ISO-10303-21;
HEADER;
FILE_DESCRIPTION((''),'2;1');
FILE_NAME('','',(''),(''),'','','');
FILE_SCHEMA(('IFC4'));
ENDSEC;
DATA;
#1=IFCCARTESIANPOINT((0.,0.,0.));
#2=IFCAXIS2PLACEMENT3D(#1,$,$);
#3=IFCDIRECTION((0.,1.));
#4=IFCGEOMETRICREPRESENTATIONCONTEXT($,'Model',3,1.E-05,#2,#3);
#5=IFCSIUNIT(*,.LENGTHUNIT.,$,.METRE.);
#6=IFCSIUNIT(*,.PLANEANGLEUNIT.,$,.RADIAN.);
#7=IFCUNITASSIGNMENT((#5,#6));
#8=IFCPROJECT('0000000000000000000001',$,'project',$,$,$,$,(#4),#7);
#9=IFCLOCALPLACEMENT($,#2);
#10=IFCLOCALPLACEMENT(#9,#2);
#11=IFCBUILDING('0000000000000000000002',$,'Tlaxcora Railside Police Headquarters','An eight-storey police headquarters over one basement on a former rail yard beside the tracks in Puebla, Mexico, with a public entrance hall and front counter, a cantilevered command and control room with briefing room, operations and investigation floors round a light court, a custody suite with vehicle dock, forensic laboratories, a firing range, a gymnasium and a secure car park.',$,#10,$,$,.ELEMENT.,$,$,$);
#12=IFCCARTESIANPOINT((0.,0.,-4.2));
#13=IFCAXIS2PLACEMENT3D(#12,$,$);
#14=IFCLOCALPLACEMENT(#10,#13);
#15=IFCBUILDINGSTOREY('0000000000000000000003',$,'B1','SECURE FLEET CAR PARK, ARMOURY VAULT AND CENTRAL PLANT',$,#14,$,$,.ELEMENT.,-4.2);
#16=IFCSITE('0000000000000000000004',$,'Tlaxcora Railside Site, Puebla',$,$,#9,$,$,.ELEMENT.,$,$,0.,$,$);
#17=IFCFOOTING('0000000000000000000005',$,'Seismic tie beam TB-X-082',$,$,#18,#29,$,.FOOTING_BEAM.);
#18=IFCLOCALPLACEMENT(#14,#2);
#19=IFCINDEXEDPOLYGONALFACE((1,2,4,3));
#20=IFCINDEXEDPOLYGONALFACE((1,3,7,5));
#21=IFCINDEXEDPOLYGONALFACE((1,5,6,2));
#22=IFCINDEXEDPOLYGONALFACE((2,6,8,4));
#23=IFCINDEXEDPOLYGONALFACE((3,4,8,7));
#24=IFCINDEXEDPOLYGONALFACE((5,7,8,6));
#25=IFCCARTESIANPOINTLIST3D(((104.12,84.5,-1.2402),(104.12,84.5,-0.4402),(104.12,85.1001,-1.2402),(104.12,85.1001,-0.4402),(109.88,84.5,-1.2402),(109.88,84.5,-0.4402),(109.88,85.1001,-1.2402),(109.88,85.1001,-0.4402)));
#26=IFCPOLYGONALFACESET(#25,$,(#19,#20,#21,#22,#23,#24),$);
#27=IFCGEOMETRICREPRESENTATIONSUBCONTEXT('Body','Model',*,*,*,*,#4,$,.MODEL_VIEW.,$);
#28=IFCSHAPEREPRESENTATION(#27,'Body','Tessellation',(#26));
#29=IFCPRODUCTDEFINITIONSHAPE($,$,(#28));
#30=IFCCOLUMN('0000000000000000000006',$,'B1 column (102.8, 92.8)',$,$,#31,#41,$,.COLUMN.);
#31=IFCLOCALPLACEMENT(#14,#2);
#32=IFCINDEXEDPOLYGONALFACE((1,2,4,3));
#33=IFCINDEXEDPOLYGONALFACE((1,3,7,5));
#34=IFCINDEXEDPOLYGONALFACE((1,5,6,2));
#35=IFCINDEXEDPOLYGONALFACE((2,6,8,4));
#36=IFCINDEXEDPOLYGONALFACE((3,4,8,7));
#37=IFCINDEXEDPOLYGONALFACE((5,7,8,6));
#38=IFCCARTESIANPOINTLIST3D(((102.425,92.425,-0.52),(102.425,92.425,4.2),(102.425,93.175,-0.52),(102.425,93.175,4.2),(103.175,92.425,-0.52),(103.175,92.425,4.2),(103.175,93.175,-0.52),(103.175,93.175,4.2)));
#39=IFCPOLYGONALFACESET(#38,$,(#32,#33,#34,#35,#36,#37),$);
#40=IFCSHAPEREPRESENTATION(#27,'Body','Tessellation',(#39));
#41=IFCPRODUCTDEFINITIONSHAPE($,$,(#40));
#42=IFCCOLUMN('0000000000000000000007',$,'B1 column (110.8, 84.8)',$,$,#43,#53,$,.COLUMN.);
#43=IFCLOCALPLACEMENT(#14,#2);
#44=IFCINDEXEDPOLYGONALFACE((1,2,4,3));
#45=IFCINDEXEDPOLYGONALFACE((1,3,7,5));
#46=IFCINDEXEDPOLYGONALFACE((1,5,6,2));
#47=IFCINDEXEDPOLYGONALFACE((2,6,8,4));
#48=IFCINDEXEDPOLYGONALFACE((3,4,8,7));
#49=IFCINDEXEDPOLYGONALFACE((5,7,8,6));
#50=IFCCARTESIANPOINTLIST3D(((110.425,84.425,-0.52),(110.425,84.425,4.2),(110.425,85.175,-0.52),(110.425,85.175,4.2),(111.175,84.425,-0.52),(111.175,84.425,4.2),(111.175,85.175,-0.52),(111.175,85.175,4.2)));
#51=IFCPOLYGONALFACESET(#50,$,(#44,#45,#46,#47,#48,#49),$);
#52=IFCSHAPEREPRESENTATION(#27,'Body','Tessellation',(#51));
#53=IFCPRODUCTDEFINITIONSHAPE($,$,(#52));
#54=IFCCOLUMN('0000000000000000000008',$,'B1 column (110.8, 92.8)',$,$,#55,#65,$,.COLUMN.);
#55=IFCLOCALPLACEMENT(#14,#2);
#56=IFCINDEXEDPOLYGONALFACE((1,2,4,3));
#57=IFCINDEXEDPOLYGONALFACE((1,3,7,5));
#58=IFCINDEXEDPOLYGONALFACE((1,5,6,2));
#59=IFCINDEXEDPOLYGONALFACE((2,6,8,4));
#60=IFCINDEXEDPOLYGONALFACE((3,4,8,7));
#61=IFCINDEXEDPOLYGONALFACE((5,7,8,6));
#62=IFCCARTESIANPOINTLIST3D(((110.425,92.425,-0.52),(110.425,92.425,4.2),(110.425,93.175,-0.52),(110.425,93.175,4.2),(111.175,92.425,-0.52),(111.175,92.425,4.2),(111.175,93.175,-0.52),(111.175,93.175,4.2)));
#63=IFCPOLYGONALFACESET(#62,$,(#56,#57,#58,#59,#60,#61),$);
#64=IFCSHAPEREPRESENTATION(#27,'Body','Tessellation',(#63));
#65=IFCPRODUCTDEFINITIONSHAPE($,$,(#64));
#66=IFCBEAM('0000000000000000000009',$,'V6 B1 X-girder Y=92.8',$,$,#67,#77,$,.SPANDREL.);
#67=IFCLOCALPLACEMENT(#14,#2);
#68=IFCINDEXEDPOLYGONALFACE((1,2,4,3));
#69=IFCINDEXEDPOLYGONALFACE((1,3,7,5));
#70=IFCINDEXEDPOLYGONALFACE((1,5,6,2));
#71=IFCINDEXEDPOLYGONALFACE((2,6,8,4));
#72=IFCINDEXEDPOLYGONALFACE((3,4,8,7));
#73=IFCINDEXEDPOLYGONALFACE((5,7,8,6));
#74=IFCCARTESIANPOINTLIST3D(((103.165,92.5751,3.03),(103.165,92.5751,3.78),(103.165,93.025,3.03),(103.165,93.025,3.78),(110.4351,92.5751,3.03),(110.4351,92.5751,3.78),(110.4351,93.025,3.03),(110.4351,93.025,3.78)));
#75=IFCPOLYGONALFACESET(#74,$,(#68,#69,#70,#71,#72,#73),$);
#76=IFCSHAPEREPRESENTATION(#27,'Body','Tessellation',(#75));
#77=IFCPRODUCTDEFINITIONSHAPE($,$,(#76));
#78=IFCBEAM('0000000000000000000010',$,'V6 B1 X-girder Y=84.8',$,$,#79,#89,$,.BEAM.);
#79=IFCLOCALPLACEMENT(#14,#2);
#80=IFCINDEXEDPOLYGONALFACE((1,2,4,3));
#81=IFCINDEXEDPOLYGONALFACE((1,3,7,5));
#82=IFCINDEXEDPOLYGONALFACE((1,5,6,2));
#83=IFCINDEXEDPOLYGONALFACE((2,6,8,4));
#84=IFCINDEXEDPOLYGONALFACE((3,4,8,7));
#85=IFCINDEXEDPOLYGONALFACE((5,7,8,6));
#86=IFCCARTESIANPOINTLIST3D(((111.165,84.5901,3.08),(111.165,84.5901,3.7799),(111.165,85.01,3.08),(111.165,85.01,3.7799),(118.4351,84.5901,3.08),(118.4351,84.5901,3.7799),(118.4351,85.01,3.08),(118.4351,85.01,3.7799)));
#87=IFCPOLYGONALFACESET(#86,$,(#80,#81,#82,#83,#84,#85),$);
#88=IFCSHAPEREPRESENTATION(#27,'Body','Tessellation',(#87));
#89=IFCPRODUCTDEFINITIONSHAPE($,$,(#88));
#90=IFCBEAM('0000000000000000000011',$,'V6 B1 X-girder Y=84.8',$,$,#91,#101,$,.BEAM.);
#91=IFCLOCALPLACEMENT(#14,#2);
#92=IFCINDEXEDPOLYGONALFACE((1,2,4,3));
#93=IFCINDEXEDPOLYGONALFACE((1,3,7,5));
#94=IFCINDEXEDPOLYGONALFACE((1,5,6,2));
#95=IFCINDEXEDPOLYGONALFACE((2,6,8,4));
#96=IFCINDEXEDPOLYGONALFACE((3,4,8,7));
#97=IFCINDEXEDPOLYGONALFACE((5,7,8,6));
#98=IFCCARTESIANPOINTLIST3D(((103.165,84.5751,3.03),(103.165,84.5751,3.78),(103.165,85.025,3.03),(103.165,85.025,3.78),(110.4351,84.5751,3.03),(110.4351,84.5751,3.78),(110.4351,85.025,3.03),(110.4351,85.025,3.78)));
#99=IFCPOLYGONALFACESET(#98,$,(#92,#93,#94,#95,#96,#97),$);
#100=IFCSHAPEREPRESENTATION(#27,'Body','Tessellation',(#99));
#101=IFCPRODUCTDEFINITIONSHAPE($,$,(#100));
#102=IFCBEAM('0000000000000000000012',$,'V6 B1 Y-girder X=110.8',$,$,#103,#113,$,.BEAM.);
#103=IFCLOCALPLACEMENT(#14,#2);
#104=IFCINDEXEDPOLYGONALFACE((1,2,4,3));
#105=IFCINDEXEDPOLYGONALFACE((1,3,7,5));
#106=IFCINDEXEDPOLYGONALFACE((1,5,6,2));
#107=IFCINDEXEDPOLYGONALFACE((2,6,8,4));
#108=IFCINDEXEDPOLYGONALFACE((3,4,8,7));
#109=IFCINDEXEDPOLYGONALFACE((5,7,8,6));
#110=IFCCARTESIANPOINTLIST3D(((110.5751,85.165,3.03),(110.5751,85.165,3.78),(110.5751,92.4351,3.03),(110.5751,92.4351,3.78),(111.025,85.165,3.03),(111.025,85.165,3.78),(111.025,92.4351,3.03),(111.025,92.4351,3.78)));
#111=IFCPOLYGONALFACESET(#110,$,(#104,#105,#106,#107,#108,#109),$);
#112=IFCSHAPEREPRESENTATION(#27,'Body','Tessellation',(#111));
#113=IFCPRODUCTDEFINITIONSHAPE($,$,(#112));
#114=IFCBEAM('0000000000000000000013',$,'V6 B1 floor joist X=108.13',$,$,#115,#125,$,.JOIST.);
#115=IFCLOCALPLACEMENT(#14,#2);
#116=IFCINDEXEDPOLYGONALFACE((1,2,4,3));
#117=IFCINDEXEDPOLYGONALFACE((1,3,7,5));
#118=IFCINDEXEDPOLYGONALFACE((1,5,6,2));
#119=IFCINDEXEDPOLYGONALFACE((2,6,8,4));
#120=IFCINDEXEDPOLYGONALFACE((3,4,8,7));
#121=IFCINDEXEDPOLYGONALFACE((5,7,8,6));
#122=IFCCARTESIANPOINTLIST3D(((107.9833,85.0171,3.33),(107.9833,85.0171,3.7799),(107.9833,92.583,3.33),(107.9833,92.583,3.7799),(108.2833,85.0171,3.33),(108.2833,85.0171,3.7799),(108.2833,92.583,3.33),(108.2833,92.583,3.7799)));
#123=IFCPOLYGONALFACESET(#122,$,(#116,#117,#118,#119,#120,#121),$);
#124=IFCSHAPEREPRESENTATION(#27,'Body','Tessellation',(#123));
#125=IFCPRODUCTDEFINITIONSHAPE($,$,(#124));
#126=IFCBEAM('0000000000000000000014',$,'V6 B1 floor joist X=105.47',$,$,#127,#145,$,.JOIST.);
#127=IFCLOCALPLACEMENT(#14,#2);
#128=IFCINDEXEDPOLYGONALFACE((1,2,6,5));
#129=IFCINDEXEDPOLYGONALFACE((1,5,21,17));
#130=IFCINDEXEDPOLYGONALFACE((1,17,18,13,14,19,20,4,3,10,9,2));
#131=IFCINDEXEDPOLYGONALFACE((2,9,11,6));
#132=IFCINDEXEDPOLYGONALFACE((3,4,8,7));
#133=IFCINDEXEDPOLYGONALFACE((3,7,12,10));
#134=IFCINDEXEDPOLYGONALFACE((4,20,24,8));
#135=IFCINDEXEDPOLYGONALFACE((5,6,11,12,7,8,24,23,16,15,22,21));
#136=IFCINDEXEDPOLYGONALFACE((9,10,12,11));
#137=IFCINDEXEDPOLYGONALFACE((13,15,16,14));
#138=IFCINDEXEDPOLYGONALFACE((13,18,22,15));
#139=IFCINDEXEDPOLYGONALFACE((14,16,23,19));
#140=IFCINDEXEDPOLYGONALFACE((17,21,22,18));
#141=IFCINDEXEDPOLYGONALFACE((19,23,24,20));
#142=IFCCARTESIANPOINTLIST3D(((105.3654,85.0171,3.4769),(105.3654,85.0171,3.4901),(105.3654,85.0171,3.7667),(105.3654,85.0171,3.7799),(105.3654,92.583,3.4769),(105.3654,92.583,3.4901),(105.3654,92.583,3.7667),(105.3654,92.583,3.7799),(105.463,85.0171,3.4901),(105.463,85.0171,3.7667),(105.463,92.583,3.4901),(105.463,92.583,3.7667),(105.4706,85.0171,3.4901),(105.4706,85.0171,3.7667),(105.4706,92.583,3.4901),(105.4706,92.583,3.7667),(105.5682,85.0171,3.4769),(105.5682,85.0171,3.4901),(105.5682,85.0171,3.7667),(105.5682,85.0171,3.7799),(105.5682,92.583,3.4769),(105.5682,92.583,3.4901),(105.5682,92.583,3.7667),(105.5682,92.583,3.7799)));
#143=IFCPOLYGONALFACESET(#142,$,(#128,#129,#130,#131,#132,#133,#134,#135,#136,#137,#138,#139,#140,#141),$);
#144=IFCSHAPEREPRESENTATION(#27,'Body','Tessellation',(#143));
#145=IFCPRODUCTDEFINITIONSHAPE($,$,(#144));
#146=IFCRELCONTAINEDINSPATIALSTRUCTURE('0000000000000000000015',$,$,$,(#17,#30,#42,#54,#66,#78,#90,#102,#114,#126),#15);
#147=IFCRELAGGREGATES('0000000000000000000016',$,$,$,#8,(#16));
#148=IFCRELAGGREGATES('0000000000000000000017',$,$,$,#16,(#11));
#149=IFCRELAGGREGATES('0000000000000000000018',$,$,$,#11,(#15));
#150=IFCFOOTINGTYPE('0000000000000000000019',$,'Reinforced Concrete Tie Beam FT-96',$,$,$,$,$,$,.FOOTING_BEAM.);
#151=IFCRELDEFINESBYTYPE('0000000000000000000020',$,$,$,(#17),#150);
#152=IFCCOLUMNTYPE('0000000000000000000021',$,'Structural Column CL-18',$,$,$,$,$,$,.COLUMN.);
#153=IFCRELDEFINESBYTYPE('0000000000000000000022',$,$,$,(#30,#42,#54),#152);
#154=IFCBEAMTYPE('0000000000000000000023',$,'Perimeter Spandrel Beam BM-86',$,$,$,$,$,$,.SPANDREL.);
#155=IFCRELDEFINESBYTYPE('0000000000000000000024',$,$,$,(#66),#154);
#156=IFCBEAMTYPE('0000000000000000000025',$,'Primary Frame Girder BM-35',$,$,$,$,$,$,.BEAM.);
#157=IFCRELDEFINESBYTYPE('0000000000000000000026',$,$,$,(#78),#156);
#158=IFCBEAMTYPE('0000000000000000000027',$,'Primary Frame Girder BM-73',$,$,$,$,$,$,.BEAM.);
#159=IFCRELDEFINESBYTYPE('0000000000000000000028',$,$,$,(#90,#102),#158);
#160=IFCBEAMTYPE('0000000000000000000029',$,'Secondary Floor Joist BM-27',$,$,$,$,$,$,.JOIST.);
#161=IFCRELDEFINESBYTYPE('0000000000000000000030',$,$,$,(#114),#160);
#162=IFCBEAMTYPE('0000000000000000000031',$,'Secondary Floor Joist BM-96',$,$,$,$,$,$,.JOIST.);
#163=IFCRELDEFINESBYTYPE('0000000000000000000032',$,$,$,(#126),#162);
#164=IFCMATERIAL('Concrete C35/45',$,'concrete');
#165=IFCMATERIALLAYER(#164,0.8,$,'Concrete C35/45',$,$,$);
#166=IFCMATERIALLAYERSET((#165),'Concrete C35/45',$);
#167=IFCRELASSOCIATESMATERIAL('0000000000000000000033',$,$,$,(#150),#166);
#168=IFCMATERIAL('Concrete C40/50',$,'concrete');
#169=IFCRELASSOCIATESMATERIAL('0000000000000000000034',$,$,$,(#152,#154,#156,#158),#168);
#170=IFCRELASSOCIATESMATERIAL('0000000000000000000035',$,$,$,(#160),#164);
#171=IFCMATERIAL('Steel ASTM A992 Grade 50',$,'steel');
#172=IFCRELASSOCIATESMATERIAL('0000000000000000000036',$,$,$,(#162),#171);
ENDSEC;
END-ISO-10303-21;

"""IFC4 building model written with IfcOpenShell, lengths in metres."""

from ifc_helpers import new_model, si_unit, direction, frame, origin, origin_2d, place, context, subcontext, project, spatial, rectangle, i_section, extrude, material, layer, layer_set, material_profile, profile_set, type_object, element, save


model = new_model("IFC4")

# Units and contexts
model_context = context("Model", 3, precision=1e-05, world=origin(), true_north=direction((0.0, 1.0)))
body_context = subcontext(model_context, "Body", "Model", "MODEL_VIEW")
ifc_project = project(units=[si_unit("LENGTHUNIT", "METRE"), si_unit("PLANEANGLEUNIT", "RADIAN")], contexts=[model_context])

# Site, building, storey
site_placement = place(None, origin())
site = spatial("IfcSite", under=ifc_project, at=site_placement, Name="Tlaxcora Railside Site, Puebla", CompositionType="ELEMENT", RefElevation=0.0)
building_placement = place(site_placement, origin())
building = spatial("IfcBuilding", under=site, at=building_placement, Name="Tlaxcora Railside Police Headquarters", Description="An eight-storey police headquarters over one basement on a former rail yard beside the tracks in Puebla, Mexico, with a public entrance hall and front counter, a cantilevered command and control room with briefing room, operations and investigation floors round a light court, a custody suite with vehicle dock, forensic laboratories, a firing range, a gymnasium and a secure car park.", CompositionType="ELEMENT")
storey_placement = place(building_placement, frame((0.0, 0.0, -4.2)))
storey = spatial("IfcBuildingStorey", under=building, at=storey_placement, Name="B1", Description="SECURE FLEET CAR PARK, ARMOURY VAULT AND CENTRAL PLANT", CompositionType="ELEMENT", Elevation=-4.2)

# Shared definitions
ifc_material_1 = material(Name="Concrete C35/45", Category="concrete")

# Footing
ifc_layer_1 = layer(ifc_material_1, 0.8, Name="Concrete C35/45")
ifc_layer_set_1 = layer_set([ifc_layer_1], Name="Concrete C35/45")
footing_type_1 = type_object("IfcFootingType", Name="Reinforced Concrete Tie Beam FT-96", PredefinedType="FOOTING_BEAM", material=ifc_layer_set_1)
footing_1_placement = place(storey_placement, frame((107.0, 84.8, -1.2402), z_axis=(0.0, 0.0, 1.0), x_axis=(1.0, 0.0, 0.0)))
element("IfcFooting", 1, at=footing_1_placement, inside=storey, type_object=footing_type_1, Name="Seismic tie beam TB-X-082", PredefinedType="FOOTING_BEAM", context=body_context, shape_type="SweptSolid", body=[
    extrude(rectangle(XDim=5.76, YDim=0.6001, at=origin_2d()), origin(), (0.0, 0.0, 1.0), 0.8),
])

# Columns
ifc_material_2 = material(Name="Concrete C40/50", Category="concrete")
ifc_material_profile_1 = material_profile(ifc_material_2, rectangle(XDim=0.75, YDim=0.75, at=origin_2d()), Name="RC750X750")
ifc_profile_set_1 = profile_set([ifc_material_profile_1], Name="Concrete C40/50")
column_type = type_object("IfcColumnType", Name="Structural Column CL-18", PredefinedType="COLUMN", material=ifc_profile_set_1)
for number, where, z_axis, x_axis, name in (
    (2, (102.8, 92.8, -0.52), (0.0, 0.0, 1.0), (1.0, 0.0, 0.0), "B1 column (102.8, 92.8)"),
    (3, (110.8, 84.8, -0.52), (0.0, 0.0, 1.0), (1.0, 0.0, 0.0), "B1 column (110.8, 84.8)"),
    (4, (110.8, 92.8, -0.52), (0.0, 0.0, 1.0), (1.0, 0.0, 0.0), "B1 column (110.8, 92.8)"),
):
    element("IfcColumn", number, at=place(storey_placement, frame(where, z_axis=z_axis, x_axis=x_axis)), inside=storey, type_object=column_type, Name=name, PredefinedType="COLUMN", context=body_context, shape_type="SweptSolid", body=[
        extrude(rectangle(XDim=0.75, YDim=0.75, at=origin_2d()), origin(), (0.0, 0.0, 1.0), 4.72),
    ])

# Beams
ifc_material_profile_2 = material_profile(ifc_material_2, rectangle(XDim=0.45, YDim=0.75, at=origin_2d()), Name="RC450X750")
ifc_profile_set_2 = profile_set([ifc_material_profile_2], Name="Concrete C40/50")
beam_type_1 = type_object("IfcBeamType", Name="Perimeter Spandrel Beam BM-86", PredefinedType="SPANDREL", material=ifc_profile_set_2)
beam_1_placement = place(storey_placement, frame((103.165, 92.8, 3.405), z_axis=(1.0, 0.0, 0.0), x_axis=(0.0, 1.0, 0.0)))
element("IfcBeam", 5, at=beam_1_placement, inside=storey, type_object=beam_type_1, Name="V6 B1 X-girder Y=92.8", PredefinedType="SPANDREL", context=body_context, shape_type="SweptSolid", body=[
    extrude(rectangle(XDim=0.45, YDim=0.75, at=origin_2d()), origin(), (0.0, 0.0, 1.0), 7.27),
])
ifc_material_profile_3 = material_profile(ifc_material_2, rectangle(XDim=0.4199, YDim=0.7, at=origin_2d()), Name="RC420X700")
ifc_profile_set_3 = profile_set([ifc_material_profile_3], Name="Concrete C40/50")
beam_type_2 = type_object("IfcBeamType", Name="Primary Frame Girder BM-35", PredefinedType="BEAM", material=ifc_profile_set_3)
beam_2_placement = place(storey_placement, frame((111.165, 84.8, 3.4299), z_axis=(1.0, 0.0, 0.0), x_axis=(0.0, 1.0, 0.0)))
element("IfcBeam", 6, at=beam_2_placement, inside=storey, type_object=beam_type_2, Name="V6 B1 X-girder Y=84.8", PredefinedType="BEAM", context=body_context, shape_type="SweptSolid", body=[
    extrude(rectangle(XDim=0.4199, YDim=0.7, at=origin_2d()), origin(), (0.0, 0.0, 1.0), 7.27),
])
ifc_material_profile_4 = material_profile(ifc_material_2, rectangle(XDim=0.45, YDim=0.75, at=origin_2d()), Name="RC450X750")
ifc_profile_set_4 = profile_set([ifc_material_profile_4], Name="Concrete C40/50")
beam_type_3 = type_object("IfcBeamType", Name="Primary Frame Girder BM-73", PredefinedType="BEAM", material=ifc_profile_set_4)
for number, where, z_axis, x_axis, name in (
    (7, (103.165, 84.8, 3.405), (1.0, 0.0, 0.0), (0.0, 1.0, 0.0), "V6 B1 X-girder Y=84.8"),
    (8, (110.8, 85.165, 3.405), (0.0, 1.0, 0.0), (-1.0, 0.0, 0.0), "V6 B1 Y-girder X=110.8"),
):
    element("IfcBeam", number, at=place(storey_placement, frame(where, z_axis=z_axis, x_axis=x_axis)), inside=storey, type_object=beam_type_3, Name=name, PredefinedType="BEAM", context=body_context, shape_type="SweptSolid", body=[
        extrude(rectangle(XDim=0.45, YDim=0.75, at=origin_2d()), origin(), (0.0, 0.0, 1.0), 7.27),
    ])
ifc_material_profile_5 = material_profile(ifc_material_1, rectangle(XDim=0.3, YDim=0.45, at=origin_2d()), Name="RC300X450")
ifc_profile_set_5 = profile_set([ifc_material_profile_5], Name="Concrete C35/45")
beam_type_4 = type_object("IfcBeamType", Name="Secondary Floor Joist BM-27", PredefinedType="JOIST", material=ifc_profile_set_5)
beam_3_placement = place(storey_placement, frame((108.1333, 85.0171, 3.5549), z_axis=(0.0, 1.0, 0.0), x_axis=(-1.0, 0.0, 0.0)))
element("IfcBeam", 9, at=beam_3_placement, inside=storey, type_object=beam_type_4, Name="V6 B1 floor joist X=108.13", PredefinedType="JOIST", context=body_context, shape_type="SweptSolid", body=[
    extrude(rectangle(XDim=0.3, YDim=0.45, at=origin_2d()), origin(), (0.0, 0.0, 1.0), 7.5659),
])
ifc_material_3 = material(Name="Steel ASTM A992 Grade 50", Category="steel")
ifc_material_profile_6 = material_profile(ifc_material_3, i_section(OverallWidth=0.2029, OverallDepth=0.303, WebThickness=0.0076, FlangeThickness=0.0132, at=origin_2d()), Name="W12X40")
ifc_profile_set_6 = profile_set([ifc_material_profile_6], Name="Steel ASTM A992 Grade 50")
beam_type_5 = type_object("IfcBeamType", Name="Secondary Floor Joist BM-96", PredefinedType="JOIST", material=ifc_profile_set_6)
beam_4_placement = place(storey_placement, frame((105.4668, 85.0171, 3.6284), z_axis=(0.0, 1.0, 0.0), x_axis=(-1.0, 0.0, 0.0)))
element("IfcBeam", 10, at=beam_4_placement, inside=storey, type_object=beam_type_5, Name="V6 B1 floor joist X=105.47", PredefinedType="JOIST", context=body_context, shape_type="SweptSolid", body=[
    extrude(i_section(OverallWidth=0.2029, OverallDepth=0.303, WebThickness=0.0076, FlangeThickness=0.0132, at=origin_2d()), origin(), (0.0, 0.0, 1.0), 7.5659),
])

save(model, "model.ifc")
